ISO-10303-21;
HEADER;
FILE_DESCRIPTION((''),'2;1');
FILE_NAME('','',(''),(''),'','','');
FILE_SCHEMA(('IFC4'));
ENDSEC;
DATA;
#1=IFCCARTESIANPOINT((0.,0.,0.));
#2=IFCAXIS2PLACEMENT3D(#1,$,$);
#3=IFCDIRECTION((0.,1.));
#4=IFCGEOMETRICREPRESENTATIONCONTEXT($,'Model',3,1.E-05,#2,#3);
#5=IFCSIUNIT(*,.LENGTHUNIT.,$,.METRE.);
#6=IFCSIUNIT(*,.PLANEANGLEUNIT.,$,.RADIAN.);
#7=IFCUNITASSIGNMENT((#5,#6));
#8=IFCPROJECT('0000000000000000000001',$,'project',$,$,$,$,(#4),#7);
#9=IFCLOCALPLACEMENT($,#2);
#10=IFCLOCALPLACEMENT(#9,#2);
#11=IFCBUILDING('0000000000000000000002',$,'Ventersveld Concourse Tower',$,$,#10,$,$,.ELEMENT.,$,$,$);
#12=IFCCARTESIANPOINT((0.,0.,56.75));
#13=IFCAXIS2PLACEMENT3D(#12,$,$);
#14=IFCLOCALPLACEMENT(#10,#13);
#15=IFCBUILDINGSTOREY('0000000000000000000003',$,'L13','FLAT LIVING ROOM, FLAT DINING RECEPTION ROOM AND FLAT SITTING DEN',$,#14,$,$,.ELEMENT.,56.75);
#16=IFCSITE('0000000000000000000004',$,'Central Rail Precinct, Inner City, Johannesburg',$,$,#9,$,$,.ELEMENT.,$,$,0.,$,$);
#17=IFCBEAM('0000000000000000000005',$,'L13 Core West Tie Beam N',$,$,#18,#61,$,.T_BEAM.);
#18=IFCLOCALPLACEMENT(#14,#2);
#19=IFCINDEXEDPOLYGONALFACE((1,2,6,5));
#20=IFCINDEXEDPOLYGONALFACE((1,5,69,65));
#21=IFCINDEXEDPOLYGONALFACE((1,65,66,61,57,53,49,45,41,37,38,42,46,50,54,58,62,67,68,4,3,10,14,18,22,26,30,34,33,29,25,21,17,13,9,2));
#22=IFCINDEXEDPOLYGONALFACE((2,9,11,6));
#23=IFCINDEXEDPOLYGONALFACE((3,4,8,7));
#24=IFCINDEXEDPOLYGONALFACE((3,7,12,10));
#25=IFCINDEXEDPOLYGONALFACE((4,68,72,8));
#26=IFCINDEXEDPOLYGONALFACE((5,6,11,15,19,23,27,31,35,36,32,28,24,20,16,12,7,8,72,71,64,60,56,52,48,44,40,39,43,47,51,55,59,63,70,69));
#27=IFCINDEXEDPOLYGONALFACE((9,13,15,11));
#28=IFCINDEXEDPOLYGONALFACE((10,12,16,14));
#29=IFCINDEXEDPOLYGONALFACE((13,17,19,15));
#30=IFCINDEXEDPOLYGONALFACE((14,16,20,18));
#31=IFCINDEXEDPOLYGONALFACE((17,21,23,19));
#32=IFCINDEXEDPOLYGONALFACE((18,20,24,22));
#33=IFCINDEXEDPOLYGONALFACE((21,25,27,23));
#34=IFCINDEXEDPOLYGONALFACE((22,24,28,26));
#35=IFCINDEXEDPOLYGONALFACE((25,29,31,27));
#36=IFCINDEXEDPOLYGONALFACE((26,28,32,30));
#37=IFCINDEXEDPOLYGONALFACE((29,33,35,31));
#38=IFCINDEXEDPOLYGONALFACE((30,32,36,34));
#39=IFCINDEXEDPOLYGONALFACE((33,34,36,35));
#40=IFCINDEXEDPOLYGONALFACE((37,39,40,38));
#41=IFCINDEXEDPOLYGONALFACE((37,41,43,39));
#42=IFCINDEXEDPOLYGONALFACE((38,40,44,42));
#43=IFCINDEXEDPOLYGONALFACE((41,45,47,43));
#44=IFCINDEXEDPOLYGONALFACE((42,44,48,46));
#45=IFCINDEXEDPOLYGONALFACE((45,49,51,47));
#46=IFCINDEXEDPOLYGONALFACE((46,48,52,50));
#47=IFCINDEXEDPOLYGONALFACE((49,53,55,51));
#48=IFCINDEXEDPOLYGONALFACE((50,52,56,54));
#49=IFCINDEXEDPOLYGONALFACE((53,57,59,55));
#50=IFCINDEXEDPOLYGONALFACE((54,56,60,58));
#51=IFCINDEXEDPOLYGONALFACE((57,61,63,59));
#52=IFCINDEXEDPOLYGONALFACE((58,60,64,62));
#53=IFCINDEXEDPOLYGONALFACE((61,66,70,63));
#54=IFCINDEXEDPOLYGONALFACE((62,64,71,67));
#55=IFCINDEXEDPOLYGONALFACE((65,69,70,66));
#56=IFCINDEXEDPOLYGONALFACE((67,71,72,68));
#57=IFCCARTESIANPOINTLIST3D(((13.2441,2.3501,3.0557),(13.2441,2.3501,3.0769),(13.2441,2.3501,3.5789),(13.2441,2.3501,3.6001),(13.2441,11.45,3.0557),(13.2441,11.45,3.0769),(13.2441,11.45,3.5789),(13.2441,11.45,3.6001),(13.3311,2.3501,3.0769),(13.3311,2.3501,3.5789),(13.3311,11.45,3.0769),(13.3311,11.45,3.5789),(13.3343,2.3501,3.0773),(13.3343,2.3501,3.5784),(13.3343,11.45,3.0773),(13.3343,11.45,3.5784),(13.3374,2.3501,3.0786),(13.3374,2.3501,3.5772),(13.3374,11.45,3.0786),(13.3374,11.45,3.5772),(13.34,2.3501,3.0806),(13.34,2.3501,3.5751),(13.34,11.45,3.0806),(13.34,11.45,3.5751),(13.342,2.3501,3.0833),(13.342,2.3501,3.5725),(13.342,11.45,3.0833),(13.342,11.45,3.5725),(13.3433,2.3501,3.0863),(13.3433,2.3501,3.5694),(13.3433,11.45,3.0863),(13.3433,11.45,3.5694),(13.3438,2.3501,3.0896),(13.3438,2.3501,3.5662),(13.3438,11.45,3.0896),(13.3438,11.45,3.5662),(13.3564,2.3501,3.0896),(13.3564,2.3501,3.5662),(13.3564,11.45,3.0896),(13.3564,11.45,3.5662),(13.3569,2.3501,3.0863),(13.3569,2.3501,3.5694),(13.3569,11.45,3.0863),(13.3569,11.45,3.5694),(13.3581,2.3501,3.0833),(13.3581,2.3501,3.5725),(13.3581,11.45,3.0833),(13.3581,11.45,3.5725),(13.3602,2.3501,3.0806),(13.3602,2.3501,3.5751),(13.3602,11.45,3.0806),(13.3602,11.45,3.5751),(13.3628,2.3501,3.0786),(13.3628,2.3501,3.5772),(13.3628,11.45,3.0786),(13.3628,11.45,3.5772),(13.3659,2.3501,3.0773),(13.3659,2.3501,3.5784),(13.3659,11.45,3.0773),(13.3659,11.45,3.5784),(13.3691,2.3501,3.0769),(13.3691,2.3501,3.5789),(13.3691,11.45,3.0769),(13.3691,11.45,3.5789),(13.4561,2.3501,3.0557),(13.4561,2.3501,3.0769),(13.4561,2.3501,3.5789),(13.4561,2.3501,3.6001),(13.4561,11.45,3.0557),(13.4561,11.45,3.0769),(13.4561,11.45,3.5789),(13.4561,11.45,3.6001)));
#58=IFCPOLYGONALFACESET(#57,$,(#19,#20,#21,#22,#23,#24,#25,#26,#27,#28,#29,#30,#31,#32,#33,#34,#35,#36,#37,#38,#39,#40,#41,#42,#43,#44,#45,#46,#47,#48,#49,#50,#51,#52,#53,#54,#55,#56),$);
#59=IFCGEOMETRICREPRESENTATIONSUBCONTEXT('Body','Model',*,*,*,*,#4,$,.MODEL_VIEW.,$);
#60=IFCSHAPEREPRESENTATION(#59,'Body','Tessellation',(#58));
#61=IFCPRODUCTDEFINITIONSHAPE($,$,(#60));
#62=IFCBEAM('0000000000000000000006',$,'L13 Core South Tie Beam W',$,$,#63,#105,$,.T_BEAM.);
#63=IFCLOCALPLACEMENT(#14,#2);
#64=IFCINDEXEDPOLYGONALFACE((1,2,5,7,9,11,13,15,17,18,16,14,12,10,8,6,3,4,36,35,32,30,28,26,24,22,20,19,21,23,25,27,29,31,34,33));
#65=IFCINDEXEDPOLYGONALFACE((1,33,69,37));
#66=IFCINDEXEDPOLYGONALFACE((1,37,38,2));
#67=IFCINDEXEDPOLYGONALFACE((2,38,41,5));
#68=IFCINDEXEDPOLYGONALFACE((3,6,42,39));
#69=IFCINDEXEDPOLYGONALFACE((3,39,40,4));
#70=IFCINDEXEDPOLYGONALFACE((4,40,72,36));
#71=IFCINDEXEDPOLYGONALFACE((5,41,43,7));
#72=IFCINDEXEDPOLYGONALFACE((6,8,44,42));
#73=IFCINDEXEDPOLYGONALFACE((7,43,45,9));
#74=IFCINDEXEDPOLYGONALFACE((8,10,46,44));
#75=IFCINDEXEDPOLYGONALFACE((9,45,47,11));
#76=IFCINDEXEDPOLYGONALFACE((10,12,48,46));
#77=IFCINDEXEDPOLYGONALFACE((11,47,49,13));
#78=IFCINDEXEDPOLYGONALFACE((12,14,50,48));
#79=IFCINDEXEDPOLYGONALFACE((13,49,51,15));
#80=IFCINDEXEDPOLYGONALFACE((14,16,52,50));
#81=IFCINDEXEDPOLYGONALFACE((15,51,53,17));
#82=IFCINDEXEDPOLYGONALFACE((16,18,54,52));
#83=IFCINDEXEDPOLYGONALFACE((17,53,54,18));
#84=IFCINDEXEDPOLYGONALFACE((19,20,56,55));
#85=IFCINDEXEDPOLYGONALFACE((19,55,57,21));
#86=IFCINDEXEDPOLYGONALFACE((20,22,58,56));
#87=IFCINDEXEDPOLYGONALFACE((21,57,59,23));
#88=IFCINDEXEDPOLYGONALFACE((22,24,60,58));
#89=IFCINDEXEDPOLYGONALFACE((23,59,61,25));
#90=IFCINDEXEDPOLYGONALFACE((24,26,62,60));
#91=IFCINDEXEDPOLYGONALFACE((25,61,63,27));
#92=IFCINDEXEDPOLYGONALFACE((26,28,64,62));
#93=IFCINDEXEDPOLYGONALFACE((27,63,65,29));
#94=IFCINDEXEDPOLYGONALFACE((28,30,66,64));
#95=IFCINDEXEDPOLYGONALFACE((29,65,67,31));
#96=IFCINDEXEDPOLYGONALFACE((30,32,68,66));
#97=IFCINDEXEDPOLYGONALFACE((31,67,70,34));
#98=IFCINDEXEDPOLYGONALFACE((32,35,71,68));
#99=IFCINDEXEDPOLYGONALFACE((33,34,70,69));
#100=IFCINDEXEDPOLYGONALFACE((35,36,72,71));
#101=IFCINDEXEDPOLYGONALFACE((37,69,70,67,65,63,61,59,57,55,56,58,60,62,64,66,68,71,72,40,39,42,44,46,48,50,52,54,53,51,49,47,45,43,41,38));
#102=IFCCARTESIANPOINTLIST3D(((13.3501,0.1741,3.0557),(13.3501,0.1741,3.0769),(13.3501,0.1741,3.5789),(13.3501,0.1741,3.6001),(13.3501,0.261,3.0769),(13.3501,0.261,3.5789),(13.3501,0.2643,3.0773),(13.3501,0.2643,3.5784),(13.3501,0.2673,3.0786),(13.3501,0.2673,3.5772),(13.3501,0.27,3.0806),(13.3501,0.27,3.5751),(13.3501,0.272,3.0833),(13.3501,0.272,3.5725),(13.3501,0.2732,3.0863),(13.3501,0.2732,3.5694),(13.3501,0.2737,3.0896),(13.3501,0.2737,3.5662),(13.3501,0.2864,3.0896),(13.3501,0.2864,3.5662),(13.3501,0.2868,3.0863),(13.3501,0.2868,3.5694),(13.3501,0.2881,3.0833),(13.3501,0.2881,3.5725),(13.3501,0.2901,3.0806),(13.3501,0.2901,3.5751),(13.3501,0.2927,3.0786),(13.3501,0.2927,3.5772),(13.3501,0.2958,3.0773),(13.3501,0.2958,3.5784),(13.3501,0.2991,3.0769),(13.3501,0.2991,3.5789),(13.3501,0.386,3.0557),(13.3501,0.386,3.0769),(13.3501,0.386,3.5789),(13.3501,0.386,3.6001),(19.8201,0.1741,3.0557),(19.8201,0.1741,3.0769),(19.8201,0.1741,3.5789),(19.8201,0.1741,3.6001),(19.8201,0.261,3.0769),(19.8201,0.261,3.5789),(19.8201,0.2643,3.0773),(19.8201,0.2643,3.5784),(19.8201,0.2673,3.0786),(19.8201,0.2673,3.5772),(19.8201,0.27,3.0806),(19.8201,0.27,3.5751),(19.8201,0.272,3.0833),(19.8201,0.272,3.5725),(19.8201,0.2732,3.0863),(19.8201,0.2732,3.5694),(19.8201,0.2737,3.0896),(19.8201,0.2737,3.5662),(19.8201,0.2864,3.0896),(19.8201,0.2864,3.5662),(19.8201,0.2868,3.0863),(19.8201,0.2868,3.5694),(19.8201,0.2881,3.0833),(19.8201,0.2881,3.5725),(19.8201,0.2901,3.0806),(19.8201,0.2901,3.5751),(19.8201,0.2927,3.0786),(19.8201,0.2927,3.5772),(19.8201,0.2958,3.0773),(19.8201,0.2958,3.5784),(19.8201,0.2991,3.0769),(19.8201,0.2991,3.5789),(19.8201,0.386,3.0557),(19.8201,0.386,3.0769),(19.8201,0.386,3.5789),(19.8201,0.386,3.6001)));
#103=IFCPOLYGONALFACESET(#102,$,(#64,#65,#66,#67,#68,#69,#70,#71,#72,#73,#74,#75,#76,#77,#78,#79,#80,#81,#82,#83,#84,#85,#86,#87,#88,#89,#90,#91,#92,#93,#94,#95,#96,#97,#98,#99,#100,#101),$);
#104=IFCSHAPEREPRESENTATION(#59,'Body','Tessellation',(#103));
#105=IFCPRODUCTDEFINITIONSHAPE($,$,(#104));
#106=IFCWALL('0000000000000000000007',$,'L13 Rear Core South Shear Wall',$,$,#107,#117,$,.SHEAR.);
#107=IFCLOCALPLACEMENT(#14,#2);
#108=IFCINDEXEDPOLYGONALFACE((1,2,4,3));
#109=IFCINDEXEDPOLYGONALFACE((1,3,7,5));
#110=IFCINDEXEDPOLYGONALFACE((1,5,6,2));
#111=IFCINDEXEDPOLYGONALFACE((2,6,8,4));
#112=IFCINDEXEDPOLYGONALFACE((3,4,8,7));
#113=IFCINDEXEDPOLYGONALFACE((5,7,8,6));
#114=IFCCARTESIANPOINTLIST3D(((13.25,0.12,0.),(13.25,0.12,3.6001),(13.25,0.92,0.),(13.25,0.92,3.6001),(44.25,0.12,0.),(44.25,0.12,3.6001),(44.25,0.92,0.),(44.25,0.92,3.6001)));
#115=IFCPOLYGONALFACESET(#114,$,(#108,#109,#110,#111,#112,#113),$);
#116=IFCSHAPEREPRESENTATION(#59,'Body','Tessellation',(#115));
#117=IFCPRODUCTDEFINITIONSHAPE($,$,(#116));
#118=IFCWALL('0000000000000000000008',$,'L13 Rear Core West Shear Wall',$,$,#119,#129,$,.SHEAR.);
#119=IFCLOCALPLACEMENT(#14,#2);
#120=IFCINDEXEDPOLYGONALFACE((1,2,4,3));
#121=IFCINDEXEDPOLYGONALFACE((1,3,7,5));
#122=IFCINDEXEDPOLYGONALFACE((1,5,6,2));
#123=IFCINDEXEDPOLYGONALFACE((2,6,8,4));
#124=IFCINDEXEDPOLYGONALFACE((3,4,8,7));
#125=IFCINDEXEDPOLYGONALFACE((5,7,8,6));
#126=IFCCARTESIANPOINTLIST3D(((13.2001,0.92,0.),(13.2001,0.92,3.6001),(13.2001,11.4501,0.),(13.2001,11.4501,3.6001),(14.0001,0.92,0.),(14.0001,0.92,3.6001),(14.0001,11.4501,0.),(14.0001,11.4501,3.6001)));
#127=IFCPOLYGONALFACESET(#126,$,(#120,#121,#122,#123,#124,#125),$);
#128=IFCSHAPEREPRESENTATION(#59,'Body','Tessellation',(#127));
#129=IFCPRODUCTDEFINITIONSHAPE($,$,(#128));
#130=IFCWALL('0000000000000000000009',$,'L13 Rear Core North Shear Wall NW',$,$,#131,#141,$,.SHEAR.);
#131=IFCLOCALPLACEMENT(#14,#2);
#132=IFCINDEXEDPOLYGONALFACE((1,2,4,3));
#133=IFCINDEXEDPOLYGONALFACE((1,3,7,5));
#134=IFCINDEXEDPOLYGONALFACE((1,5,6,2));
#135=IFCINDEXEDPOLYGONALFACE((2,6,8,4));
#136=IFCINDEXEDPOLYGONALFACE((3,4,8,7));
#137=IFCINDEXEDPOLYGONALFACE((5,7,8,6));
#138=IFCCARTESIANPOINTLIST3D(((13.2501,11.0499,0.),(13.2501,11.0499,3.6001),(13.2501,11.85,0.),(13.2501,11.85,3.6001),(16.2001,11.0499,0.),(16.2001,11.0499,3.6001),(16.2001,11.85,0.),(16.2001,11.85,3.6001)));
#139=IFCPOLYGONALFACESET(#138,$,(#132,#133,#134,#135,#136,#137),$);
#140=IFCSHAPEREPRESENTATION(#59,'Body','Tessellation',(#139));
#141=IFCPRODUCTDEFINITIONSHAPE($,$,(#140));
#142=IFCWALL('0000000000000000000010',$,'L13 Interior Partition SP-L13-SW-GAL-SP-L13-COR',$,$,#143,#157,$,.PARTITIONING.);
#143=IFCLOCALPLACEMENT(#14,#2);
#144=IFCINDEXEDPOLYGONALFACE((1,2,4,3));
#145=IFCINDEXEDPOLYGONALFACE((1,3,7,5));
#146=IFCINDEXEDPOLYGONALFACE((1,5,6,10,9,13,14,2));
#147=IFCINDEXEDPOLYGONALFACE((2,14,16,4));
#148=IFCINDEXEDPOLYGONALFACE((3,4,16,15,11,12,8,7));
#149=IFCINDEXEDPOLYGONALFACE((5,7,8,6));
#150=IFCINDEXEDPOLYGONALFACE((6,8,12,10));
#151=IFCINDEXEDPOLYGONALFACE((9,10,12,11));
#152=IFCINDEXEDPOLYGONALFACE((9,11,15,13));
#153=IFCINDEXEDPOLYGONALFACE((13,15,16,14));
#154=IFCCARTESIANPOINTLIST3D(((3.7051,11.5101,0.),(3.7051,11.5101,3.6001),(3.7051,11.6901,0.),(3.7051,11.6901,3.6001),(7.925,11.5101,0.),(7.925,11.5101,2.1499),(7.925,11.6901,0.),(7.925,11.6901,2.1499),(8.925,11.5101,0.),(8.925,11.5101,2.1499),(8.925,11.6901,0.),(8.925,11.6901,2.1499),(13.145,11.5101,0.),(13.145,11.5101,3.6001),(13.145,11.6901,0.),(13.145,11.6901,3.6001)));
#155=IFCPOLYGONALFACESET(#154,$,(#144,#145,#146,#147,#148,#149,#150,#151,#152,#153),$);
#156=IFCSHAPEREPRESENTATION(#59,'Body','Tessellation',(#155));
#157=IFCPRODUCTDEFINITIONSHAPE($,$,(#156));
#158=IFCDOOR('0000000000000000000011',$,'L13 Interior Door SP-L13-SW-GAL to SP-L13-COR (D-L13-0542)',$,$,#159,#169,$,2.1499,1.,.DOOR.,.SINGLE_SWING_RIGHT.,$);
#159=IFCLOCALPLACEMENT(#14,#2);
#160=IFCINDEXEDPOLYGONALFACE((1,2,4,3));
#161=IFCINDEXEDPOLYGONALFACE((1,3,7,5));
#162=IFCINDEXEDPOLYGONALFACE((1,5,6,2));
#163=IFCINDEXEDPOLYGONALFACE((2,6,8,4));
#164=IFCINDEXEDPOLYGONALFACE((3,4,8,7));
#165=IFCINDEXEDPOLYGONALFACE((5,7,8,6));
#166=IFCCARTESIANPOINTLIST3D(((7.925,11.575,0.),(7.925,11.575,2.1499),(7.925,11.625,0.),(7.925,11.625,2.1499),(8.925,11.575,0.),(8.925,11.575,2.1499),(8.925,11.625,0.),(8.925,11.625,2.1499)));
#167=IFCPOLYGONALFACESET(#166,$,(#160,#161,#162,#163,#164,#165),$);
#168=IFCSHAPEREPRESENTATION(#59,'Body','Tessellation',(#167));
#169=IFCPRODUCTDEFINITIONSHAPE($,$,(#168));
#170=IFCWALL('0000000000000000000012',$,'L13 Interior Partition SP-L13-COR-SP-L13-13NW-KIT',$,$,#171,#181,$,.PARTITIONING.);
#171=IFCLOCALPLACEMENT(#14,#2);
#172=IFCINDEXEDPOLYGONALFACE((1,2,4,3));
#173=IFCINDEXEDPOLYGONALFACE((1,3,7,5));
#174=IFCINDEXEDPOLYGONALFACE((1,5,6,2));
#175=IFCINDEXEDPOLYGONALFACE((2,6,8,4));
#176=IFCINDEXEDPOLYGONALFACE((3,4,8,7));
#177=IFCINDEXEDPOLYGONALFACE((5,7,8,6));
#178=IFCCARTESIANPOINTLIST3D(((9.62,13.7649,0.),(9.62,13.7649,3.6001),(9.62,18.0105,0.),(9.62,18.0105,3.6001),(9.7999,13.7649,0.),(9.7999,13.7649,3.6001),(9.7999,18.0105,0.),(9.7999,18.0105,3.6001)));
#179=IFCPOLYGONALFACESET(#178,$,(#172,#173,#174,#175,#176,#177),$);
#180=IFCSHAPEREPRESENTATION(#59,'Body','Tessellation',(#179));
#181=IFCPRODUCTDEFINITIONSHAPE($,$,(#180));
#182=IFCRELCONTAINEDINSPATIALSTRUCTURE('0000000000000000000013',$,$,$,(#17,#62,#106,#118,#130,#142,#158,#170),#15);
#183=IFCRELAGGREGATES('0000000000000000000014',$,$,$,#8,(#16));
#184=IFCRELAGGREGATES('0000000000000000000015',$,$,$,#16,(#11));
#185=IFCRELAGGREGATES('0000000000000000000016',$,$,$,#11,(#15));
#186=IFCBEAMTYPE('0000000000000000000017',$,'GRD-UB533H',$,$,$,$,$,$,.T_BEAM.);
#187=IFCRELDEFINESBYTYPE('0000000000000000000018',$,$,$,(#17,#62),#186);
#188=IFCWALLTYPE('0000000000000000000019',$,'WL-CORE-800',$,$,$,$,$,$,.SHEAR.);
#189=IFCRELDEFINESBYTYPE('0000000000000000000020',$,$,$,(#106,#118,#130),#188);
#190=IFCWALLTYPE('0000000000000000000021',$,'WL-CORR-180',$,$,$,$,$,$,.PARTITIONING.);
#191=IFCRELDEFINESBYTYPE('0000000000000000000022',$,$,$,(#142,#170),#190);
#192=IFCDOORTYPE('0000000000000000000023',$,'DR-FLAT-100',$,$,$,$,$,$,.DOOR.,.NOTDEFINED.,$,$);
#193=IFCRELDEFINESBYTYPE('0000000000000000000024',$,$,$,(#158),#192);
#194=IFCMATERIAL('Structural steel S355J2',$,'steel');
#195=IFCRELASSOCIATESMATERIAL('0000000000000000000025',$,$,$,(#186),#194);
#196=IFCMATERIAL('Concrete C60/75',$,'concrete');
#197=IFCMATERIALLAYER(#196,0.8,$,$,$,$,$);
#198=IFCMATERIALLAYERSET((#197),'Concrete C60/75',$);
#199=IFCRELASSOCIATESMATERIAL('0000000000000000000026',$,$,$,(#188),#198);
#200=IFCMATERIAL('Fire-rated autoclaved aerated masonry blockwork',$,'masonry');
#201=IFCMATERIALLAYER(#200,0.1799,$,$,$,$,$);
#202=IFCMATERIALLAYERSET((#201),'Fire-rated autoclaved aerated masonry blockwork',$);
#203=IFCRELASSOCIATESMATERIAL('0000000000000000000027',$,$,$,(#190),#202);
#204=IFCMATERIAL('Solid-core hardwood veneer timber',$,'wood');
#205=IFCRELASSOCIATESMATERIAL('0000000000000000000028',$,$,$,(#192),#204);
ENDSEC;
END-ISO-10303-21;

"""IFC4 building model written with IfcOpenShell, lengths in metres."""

from ifc_helpers import new_model, si_unit, direction, frame, frame_2d, origin, origin_2d, place, context, subcontext, project, spatial, rectangle, i_section, extrude, material, layer, layer_set, material_profile, profile_set, type_object, element, fill, save


model = new_model("IFC4")

# Units and contexts
model_context = context("Model", 3, precision=1e-05, world=origin(), true_north=direction((0.0, 1.0)))
body_context = subcontext(model_context, "Body", "Model", "MODEL_VIEW")
ifc_project = project(units=[si_unit("LENGTHUNIT", "METRE"), si_unit("PLANEANGLEUNIT", "RADIAN")], contexts=[model_context])

# Site, building, storey
site_placement = place(None, origin())
site = spatial("IfcSite", under=ifc_project, at=site_placement, Name="Central Rail Precinct, Inner City, Johannesburg", CompositionType="ELEMENT", RefElevation=0.0)
building_placement = place(site_placement, origin())
building = spatial("IfcBuilding", under=site, at=building_placement, Name="Ventersveld Concourse Tower", CompositionType="ELEMENT")
storey_placement = place(building_placement, frame((0.0, 0.0, 56.75)))
storey = spatial("IfcBuildingStorey", under=building, at=storey_placement, Name="L13", Description="FLAT LIVING ROOM, FLAT DINING RECEPTION ROOM AND FLAT SITTING DEN", CompositionType="ELEMENT", Elevation=56.75)

# Beams
ifc_material_1 = material(Name="Structural steel S355J2", Category="steel")
ifc_material_profile_1 = material_profile(ifc_material_1, i_section(OverallWidth=0.2119, OverallDepth=0.5444, WebThickness=0.0127, FlangeThickness=0.0212, FilletRadius=0.0127, at=origin_2d()), Name="UB 533x210x122")
ifc_profile_set_1 = profile_set([ifc_material_profile_1], Name="Structural steel S355J2")
beam_type_1 = type_object("IfcBeamType", Name="GRD-UB533H", PredefinedType="T_BEAM", material=ifc_profile_set_1)
beam_1_placement = place(storey_placement, frame((13.3501, 2.3501, 3.3279), z_axis=(0.0, 1.0, 0.0), x_axis=(-1.0, 0.0, 0.0)))
element("IfcBeam", 1, at=beam_1_placement, inside=storey, type_object=beam_type_1, Name="L13 Core West Tie Beam N", PredefinedType="T_BEAM", context=body_context, shape_type="SweptSolid", body=[
    extrude(i_section(OverallWidth=0.2119, OverallDepth=0.5444, WebThickness=0.0127, FlangeThickness=0.0212, FilletRadius=0.0127, at=origin_2d()), origin(), (0.0, 0.0, 1.0), 9.0999),
])
beam_2_placement = place(storey_placement, frame((13.3501, 0.28, 3.3279), z_axis=(1.0, 0.0, 0.0), x_axis=(0.0, 1.0, 0.0)))
element("IfcBeam", 2, at=beam_2_placement, inside=storey, type_object=beam_type_1, Name="L13 Core South Tie Beam W", PredefinedType="T_BEAM", context=body_context, shape_type="SweptSolid", body=[
    extrude(i_section(OverallWidth=0.2119, OverallDepth=0.5444, WebThickness=0.0127, FlangeThickness=0.0212, FilletRadius=0.0127, at=origin_2d()), origin(), (0.0, 0.0, 1.0), 6.47),
])

# Walls
ifc_material_2 = material(Name="Concrete C60/75", Category="concrete")
ifc_layer_1 = layer(ifc_material_2, 0.8)
ifc_layer_set_1 = layer_set([ifc_layer_1], Name="Concrete C60/75")
wall_type_1 = type_object("IfcWallType", Name="WL-CORE-800", PredefinedType="SHEAR", material=ifc_layer_set_1)
wall_1_placement = place(storey_placement, frame((13.25, 0.52, 0.0), z_axis=(0.0, 0.0, 1.0), x_axis=(1.0, 0.0, 0.0)))
element("IfcWall", 3, at=wall_1_placement, inside=storey, type_object=wall_type_1, Name="L13 Rear Core South Shear Wall", PredefinedType="SHEAR", context=body_context, shape_type="SweptSolid", body=[
    extrude(rectangle(XDim=31.0, YDim=0.8, at=frame_2d((15.5, 0.0))), origin(), (0.0, 0.0, 1.0), 3.6001),
])
wall_2_placement = place(storey_placement, frame((13.6001, 0.9199, 0.0), z_axis=(0.0, 0.0, 1.0), x_axis=(0.0, 1.0, 0.0)))
element("IfcWall", 4, at=wall_2_placement, inside=storey, type_object=wall_type_1, Name="L13 Rear Core West Shear Wall", PredefinedType="SHEAR", context=body_context, shape_type="SweptSolid", body=[
    extrude(rectangle(XDim=10.53, YDim=0.8, at=frame_2d((5.2651, 0.0))), origin(), (0.0, 0.0, 1.0), 3.6001),
])
wall_3_placement = place(storey_placement, frame((13.25, 11.45, 0.0), z_axis=(0.0, 0.0, 1.0), x_axis=(1.0, 0.0, 0.0)))
element("IfcWall", 5, at=wall_3_placement, inside=storey, type_object=wall_type_1, Name="L13 Rear Core North Shear Wall NW", PredefinedType="SHEAR", context=body_context, shape_type="SweptSolid", body=[
    extrude(rectangle(XDim=2.95, YDim=0.8, at=frame_2d((1.4751, 0.0))), origin(), (0.0, 0.0, 1.0), 3.6001),
])

# Wall, opening, door
ifc_material_3 = material(Name="Fire-rated autoclaved aerated masonry blockwork", Category="masonry")
ifc_layer_2 = layer(ifc_material_3, 0.1799)
ifc_layer_set_2 = layer_set([ifc_layer_2], Name="Fire-rated autoclaved aerated masonry blockwork")
wall_type_2 = type_object("IfcWallType", Name="WL-CORR-180", PredefinedType="PARTITIONING", material=ifc_layer_set_2)
wall_4_placement = place(storey_placement, frame((3.7051, 11.6001, 0.0), z_axis=(0.0, 0.0, 1.0), x_axis=(1.0, 0.0, 0.0)))
wall_4 = element("IfcWall", 6, at=wall_4_placement, inside=storey, type_object=wall_type_2, Name="L13 Interior Partition SP-L13-SW-GAL-SP-L13-COR", PredefinedType="PARTITIONING", context=body_context, shape_type="SweptSolid", body=[
    extrude(rectangle(XDim=9.4399, YDim=0.1799, at=frame_2d((4.72, 0.0))), origin(), (0.0, 0.0, 1.0), 3.6001),
])
opening_1_placement = place(wall_4_placement, frame((4.22, 0.0, 0.0)))
opening_1 = element("IfcOpeningElement", 7, at=opening_1_placement, cuts=wall_4, PredefinedType="OPENING", context=body_context, shape_type="SweptSolid", body=[
    extrude(rectangle(XDim=1.0, YDim=2.1499, at=frame_2d((0.5, 1.075))), frame((0.0, 0.1001, 0.0), z_axis=(0.0, -1.0, 0.0), x_axis=(1.0, 0.0, 0.0)), (0.0, 0.0, 1.0), 0.2),
])
ifc_material_4 = material(Name="Solid-core hardwood veneer timber", Category="wood")
door_type_1 = type_object("IfcDoorType", Name="DR-FLAT-100", OperationType="NOTDEFINED", PredefinedType="DOOR", material=ifc_material_4)
door_1_placement = place(opening_1_placement, origin())
door_1 = element("IfcDoor", 8, at=door_1_placement, inside=storey, type_object=door_type_1, Name="L13 Interior Door SP-L13-SW-GAL to SP-L13-COR (D-L13-0542)", OperationType="SINGLE_SWING_RIGHT", OverallHeight=2.1499, OverallWidth=1.0, PredefinedType="DOOR", context=body_context, shape_type="SweptSolid", body=[
    extrude(rectangle(XDim=1.0, YDim=2.1499, at=frame_2d((0.5, 1.075))), frame((0.0, 0.0249, 0.0), z_axis=(0.0, -1.0, 0.0), x_axis=(1.0, 0.0, 0.0)), (0.0, 0.0, 1.0), 0.05),
])
fill(opening_1, door_1)

# Wall
wall_5_placement = place(storey_placement, frame((9.71, 13.7649, 0.0), z_axis=(0.0, 0.0, 1.0), x_axis=(0.0, 1.0, 0.0)))
element("IfcWall", 9, at=wall_5_placement, inside=storey, type_object=wall_type_2, Name="L13 Interior Partition SP-L13-COR-SP-L13-13NW-KIT", PredefinedType="PARTITIONING", context=body_context, shape_type="SweptSolid", body=[
    extrude(rectangle(XDim=4.2456, YDim=0.1799, at=frame_2d((2.1228, 0.0))), origin(), (0.0, 0.0, 1.0), 3.6001),
])

save(model, "model.ifc")
